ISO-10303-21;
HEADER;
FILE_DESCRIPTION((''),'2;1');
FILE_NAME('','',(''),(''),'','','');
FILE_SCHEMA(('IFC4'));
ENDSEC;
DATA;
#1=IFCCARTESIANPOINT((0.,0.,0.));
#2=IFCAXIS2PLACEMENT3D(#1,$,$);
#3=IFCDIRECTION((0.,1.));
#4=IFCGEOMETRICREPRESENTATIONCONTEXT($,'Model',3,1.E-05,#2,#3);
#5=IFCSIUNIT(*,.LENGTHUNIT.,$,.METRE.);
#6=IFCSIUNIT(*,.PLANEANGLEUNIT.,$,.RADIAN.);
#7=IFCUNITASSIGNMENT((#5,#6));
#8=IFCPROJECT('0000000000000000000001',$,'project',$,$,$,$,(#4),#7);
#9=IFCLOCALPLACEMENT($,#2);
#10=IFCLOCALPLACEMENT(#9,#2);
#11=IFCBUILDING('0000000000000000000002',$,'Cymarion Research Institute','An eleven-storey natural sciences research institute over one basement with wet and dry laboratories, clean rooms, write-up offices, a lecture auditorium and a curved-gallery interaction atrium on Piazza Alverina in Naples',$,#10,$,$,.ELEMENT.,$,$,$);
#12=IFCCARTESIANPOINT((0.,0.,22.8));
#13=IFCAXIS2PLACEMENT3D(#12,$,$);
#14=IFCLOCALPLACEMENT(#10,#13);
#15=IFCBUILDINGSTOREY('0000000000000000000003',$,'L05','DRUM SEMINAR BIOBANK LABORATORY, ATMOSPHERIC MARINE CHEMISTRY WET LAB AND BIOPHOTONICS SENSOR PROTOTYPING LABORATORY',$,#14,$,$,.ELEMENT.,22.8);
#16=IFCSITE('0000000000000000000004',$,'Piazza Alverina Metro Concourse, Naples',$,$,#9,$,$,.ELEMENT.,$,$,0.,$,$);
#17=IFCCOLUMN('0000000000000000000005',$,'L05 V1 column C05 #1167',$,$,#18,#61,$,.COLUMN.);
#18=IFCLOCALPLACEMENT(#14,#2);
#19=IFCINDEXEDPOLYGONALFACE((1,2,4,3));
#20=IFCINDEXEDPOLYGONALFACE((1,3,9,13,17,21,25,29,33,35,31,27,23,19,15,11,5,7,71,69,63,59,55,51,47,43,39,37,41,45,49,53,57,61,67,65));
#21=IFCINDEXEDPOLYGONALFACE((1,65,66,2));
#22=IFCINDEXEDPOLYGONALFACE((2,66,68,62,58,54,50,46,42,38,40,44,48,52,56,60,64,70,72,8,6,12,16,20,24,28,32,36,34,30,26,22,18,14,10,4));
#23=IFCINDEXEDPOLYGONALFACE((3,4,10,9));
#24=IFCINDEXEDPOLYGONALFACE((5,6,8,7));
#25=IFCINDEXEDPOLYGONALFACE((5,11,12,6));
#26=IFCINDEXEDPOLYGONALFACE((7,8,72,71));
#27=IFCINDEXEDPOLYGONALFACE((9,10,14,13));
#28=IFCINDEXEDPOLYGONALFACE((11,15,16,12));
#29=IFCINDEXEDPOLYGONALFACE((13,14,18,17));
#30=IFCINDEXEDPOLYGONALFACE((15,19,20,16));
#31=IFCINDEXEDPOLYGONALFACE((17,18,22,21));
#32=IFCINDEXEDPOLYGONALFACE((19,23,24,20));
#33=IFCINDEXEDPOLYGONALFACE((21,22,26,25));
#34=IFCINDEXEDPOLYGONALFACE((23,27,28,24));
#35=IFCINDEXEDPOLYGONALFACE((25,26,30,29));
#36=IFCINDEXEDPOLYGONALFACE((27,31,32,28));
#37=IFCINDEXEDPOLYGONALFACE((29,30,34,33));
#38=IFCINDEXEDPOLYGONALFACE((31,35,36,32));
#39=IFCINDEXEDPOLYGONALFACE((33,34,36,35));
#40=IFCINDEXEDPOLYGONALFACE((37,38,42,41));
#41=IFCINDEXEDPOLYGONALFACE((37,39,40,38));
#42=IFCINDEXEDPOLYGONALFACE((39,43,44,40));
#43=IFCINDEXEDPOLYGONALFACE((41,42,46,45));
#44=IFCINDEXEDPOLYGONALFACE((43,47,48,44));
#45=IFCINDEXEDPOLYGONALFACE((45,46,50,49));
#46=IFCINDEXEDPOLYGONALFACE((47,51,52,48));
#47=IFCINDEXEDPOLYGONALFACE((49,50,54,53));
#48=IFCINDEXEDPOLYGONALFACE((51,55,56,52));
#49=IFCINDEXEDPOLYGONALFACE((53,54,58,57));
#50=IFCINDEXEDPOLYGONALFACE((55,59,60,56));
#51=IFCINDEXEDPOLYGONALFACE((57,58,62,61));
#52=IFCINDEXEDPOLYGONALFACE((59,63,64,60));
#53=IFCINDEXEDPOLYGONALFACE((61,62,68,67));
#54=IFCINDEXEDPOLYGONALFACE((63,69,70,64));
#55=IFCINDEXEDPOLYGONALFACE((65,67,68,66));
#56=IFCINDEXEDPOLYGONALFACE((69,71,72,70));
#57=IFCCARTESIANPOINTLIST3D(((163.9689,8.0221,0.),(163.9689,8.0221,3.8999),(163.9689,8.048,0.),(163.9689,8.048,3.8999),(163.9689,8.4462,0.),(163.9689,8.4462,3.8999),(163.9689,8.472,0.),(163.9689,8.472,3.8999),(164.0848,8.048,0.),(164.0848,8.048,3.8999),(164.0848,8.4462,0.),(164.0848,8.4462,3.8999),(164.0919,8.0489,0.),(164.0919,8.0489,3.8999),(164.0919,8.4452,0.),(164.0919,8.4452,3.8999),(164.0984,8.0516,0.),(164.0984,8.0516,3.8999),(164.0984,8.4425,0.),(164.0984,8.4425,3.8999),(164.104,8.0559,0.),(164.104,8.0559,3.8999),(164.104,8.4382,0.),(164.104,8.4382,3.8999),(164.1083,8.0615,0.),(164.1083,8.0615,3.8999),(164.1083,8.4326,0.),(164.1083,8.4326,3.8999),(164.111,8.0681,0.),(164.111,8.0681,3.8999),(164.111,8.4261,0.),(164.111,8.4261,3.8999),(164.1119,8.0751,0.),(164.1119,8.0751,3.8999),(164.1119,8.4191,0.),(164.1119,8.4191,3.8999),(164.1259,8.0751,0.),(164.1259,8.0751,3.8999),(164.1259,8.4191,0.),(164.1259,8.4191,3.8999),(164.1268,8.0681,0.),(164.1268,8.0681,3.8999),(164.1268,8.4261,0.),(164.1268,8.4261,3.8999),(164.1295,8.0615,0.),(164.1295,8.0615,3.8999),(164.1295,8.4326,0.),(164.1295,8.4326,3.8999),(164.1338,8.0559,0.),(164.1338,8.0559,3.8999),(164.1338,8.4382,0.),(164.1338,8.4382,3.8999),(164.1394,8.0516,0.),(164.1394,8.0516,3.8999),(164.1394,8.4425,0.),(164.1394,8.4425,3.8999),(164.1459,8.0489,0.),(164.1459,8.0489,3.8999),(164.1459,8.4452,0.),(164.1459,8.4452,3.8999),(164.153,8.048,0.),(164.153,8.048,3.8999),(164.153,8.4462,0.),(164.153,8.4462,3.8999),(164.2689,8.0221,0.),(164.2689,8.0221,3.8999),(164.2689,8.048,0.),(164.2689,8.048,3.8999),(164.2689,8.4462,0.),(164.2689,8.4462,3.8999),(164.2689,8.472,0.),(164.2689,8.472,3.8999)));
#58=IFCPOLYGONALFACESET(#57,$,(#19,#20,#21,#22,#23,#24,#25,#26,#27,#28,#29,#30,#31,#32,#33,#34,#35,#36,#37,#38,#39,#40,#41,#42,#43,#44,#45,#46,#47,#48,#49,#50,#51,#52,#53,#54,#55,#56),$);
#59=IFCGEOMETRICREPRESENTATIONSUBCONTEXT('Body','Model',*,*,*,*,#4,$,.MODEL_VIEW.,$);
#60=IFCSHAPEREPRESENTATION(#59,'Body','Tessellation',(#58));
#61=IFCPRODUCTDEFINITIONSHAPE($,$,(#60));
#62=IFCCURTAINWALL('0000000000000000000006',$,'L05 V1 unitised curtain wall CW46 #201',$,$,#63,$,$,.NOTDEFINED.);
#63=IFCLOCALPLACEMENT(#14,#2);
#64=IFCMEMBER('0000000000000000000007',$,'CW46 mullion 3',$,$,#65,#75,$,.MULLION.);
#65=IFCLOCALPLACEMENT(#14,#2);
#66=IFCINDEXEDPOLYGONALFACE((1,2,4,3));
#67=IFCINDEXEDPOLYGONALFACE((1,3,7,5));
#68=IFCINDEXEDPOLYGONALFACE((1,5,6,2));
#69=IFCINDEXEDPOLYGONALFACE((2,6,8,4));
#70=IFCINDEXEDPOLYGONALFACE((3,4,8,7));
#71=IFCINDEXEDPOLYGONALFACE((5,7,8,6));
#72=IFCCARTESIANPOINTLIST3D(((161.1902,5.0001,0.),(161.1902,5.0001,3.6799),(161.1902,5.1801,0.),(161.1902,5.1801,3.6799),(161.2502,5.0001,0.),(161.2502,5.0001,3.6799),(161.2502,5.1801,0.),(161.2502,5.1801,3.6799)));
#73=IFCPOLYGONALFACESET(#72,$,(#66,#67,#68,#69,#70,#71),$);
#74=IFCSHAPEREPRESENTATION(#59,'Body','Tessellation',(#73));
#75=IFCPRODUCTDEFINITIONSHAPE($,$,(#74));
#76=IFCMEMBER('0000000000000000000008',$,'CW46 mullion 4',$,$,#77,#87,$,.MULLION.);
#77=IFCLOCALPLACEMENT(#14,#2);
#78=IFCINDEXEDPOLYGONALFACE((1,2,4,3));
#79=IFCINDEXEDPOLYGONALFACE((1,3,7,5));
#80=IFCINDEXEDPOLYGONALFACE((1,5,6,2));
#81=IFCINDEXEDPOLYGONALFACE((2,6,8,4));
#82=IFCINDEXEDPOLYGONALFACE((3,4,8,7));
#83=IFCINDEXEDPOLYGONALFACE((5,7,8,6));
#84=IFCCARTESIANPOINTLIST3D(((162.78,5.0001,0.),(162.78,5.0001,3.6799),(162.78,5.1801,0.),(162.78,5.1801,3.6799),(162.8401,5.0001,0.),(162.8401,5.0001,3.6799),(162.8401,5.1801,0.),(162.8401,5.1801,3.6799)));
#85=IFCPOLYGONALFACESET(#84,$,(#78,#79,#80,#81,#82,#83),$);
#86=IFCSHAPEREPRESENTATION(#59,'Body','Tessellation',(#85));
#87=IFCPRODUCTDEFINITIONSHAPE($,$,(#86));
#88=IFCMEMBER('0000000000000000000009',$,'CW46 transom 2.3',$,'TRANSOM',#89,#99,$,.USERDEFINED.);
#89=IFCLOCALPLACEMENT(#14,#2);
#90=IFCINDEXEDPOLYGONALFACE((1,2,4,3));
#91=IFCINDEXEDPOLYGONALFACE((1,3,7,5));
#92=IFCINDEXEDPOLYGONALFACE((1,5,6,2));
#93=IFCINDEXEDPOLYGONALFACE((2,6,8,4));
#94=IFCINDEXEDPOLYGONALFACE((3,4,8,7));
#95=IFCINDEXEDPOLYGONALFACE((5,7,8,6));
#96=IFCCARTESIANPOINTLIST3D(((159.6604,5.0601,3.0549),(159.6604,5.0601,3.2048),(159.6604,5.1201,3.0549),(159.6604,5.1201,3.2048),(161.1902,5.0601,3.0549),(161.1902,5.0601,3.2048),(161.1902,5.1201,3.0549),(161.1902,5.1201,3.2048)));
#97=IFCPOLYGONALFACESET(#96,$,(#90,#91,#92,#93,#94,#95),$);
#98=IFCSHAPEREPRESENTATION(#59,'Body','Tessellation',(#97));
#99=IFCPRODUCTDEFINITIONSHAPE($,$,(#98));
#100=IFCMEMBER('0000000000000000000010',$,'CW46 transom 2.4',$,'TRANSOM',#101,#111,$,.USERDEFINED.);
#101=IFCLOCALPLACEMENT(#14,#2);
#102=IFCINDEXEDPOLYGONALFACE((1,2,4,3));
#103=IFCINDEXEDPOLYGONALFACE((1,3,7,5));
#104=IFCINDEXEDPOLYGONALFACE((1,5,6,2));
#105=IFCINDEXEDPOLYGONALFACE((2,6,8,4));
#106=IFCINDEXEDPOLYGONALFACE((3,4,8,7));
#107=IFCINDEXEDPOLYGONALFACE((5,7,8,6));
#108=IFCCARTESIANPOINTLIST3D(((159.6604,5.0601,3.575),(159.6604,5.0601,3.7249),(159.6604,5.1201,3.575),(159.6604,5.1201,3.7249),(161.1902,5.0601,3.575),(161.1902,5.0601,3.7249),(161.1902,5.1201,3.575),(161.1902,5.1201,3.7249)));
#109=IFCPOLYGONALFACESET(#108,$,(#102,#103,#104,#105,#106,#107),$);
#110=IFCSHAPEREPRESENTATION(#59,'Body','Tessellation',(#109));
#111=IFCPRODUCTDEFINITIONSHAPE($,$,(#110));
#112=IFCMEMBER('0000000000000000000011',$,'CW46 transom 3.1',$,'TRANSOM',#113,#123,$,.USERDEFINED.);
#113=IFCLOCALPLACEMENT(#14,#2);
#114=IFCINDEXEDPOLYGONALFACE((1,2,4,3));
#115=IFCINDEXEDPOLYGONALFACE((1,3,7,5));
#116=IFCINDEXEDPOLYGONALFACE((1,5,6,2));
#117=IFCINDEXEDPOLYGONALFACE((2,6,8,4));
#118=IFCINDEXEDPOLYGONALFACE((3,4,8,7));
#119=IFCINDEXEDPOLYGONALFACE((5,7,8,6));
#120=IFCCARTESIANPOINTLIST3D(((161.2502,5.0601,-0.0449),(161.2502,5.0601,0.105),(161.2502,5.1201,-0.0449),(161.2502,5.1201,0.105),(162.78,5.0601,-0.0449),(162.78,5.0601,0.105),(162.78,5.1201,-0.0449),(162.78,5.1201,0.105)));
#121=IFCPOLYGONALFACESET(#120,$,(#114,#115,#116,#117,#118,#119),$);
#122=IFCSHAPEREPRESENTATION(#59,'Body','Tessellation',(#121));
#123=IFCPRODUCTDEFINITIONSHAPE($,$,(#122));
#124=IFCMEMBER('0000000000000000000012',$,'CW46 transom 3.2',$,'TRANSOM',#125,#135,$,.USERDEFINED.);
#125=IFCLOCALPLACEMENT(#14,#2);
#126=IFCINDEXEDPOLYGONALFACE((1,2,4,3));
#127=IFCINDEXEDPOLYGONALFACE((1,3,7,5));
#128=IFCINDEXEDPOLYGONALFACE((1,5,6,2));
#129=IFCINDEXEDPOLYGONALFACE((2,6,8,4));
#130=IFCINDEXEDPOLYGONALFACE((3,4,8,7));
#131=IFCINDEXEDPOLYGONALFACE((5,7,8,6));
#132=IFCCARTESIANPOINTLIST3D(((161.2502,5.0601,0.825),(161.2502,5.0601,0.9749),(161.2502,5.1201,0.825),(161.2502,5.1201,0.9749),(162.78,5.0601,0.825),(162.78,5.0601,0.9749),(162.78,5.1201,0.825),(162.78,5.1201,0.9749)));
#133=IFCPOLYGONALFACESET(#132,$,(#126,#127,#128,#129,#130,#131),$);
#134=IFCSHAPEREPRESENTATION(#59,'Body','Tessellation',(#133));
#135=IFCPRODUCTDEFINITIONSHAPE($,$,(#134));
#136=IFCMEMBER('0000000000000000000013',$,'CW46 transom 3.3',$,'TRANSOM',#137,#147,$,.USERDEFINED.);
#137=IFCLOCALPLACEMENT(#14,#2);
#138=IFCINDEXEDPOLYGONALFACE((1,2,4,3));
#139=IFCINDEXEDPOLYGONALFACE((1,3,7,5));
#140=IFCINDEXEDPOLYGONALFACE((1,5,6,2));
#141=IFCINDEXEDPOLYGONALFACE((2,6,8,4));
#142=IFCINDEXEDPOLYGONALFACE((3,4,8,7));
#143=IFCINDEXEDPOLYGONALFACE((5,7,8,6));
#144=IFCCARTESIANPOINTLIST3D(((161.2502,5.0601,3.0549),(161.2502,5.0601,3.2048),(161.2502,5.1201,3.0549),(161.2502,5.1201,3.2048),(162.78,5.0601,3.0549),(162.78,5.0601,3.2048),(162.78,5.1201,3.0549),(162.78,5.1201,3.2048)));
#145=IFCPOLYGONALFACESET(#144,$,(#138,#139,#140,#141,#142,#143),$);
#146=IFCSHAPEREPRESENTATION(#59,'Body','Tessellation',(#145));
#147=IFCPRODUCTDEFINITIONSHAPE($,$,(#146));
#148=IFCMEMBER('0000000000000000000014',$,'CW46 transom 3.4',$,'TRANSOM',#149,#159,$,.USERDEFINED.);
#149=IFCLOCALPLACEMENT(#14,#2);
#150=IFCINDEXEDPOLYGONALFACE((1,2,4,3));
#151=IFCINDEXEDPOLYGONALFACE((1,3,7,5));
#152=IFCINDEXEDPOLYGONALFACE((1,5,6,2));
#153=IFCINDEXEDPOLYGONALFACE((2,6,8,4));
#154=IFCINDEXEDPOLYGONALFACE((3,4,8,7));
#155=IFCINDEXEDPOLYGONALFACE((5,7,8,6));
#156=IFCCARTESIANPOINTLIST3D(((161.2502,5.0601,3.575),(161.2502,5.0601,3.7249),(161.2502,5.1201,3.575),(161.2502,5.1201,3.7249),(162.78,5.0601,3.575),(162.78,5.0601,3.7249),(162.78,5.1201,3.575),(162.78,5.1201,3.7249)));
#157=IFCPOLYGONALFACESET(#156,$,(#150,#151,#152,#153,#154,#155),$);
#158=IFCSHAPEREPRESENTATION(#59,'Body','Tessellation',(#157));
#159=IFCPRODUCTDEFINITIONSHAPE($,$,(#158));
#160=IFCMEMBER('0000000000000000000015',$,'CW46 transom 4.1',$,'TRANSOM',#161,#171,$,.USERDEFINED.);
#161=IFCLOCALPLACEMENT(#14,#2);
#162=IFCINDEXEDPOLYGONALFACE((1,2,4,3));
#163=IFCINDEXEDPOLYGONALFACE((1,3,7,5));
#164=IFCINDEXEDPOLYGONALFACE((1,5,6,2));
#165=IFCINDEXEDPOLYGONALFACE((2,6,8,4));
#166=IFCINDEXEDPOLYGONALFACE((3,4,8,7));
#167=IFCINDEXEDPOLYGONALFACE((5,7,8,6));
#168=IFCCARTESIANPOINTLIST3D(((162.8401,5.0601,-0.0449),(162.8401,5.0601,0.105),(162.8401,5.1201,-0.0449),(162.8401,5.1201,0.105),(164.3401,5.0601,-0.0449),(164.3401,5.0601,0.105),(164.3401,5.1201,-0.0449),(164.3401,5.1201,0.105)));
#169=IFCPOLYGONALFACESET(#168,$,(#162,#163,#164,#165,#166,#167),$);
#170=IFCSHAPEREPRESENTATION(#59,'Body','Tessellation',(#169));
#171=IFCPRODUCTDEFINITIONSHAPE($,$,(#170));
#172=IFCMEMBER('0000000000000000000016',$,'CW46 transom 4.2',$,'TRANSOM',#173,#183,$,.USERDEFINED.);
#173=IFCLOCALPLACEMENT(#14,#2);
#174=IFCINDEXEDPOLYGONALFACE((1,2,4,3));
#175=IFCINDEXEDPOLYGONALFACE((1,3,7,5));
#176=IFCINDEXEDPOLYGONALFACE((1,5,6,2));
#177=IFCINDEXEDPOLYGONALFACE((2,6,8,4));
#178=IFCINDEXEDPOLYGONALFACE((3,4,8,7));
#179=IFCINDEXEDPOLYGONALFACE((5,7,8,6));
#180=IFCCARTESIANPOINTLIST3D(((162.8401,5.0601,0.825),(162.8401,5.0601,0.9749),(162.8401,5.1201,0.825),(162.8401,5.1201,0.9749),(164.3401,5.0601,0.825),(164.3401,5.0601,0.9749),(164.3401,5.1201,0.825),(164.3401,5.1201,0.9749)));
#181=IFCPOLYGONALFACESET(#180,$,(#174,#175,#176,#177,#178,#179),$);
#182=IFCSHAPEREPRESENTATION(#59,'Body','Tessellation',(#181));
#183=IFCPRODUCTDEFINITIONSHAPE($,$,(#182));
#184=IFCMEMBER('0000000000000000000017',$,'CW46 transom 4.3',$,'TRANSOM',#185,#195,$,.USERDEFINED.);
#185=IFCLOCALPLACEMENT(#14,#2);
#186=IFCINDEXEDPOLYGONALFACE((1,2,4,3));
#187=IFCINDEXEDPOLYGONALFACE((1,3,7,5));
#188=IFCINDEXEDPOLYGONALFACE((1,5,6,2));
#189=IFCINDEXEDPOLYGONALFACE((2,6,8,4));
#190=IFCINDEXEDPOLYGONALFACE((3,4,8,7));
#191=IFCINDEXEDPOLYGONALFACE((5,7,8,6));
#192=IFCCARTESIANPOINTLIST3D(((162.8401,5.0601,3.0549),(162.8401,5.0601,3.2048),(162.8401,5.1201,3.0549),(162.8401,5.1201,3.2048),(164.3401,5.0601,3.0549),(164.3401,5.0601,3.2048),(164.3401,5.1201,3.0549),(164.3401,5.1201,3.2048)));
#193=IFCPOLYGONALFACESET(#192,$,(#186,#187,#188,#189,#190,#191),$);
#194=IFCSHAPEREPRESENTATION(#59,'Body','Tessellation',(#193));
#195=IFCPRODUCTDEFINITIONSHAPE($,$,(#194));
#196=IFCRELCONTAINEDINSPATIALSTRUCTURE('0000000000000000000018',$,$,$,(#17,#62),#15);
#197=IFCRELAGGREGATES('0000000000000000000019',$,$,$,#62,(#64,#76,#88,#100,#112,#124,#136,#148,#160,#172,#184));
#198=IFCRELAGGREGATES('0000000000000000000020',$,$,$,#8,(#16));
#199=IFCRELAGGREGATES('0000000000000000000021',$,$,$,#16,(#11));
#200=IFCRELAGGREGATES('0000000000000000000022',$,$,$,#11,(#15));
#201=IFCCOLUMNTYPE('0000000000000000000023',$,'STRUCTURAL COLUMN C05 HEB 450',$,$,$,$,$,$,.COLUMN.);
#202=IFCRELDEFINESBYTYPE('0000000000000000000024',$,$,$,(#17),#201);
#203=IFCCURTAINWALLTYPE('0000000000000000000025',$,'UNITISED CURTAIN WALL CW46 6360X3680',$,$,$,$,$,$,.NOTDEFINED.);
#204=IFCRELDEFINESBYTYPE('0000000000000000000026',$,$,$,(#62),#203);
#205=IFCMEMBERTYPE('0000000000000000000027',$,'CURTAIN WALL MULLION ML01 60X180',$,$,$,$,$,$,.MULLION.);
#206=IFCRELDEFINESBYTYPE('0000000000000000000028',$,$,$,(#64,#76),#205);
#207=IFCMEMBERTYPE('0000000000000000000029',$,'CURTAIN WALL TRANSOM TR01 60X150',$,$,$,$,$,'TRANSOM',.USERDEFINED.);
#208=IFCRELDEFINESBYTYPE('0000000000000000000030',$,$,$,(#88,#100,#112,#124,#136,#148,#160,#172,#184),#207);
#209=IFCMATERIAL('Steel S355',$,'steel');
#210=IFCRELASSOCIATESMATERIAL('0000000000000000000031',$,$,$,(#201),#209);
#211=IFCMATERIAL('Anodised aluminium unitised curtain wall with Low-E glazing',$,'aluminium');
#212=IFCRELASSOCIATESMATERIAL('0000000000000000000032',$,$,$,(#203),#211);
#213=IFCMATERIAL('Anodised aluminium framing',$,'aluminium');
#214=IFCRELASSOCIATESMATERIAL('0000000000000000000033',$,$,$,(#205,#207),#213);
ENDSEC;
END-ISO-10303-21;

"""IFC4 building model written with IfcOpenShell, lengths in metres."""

from ifc_helpers import new_model, si_unit, direction, frame, origin, origin_2d, place, context, subcontext, project, spatial, rectangle, i_section, extrude, material, material_profile, profile_set, type_object, element, aggregate, save


model = new_model("IFC4")

# Units and contexts
model_context = context("Model", 3, precision=1e-05, world=origin(), true_north=direction((0.0, 1.0)))
body_context = subcontext(model_context, "Body", "Model", "MODEL_VIEW")
ifc_project = project(units=[si_unit("LENGTHUNIT", "METRE"), si_unit("PLANEANGLEUNIT", "RADIAN")], contexts=[model_context])

# Site, building, storey
site_placement = place(None, origin())
site = spatial("IfcSite", under=ifc_project, at=site_placement, Name="Piazza Alverina Metro Concourse, Naples", CompositionType="ELEMENT", RefElevation=0.0)
building_placement = place(site_placement, origin())
building = spatial("IfcBuilding", under=site, at=building_placement, Name="Cymarion Research Institute", Description="An eleven-storey natural sciences research institute over one basement with wet and dry laboratories, clean rooms, write-up offices, a lecture auditorium and a curved-gallery interaction atrium on Piazza Alverina in Naples", CompositionType="ELEMENT")
storey_placement = place(building_placement, frame((0.0, 0.0, 22.8)))
storey = spatial("IfcBuildingStorey", under=building, at=storey_placement, Name="L05", Description="DRUM SEMINAR BIOBANK LABORATORY, ATMOSPHERIC MARINE CHEMISTRY WET LAB AND BIOPHOTONICS SENSOR PROTOTYPING LABORATORY", CompositionType="ELEMENT", Elevation=22.8)

# Column
ifc_material_1 = material(Name="Steel S355", Category="steel")
ifc_material_profile_1 = material_profile(ifc_material_1, i_section(OverallWidth=0.3, OverallDepth=0.45, WebThickness=0.0139, FlangeThickness=0.0259, FilletRadius=0.0271, at=origin_2d()), Name="HEB 450")
ifc_profile_set_1 = profile_set([ifc_material_profile_1], Name="Steel S355")
column_type = type_object("IfcColumnType", Name="STRUCTURAL COLUMN C05 HEB 450", PredefinedType="COLUMN", material=ifc_profile_set_1)
column_placement = place(storey_placement, frame((164.1189, 8.2471, 0.0), z_axis=(0.0, 0.0, 1.0), x_axis=(1.0, 0.0, 0.0)))
element("IfcColumn", 1, at=column_placement, inside=storey, type_object=column_type, Name="L05 V1 column C05 #1167", PredefinedType="COLUMN", context=body_context, shape_type="SweptSolid", body=[
    extrude(i_section(OverallWidth=0.3, OverallDepth=0.45, WebThickness=0.0139, FlangeThickness=0.0259, FilletRadius=0.0271, at=origin_2d()), origin(), (0.0, 0.0, 1.0), 3.8999),
])

# Curtain wall, members
ifc_material_2 = material(Name="Anodised aluminium unitised curtain wall with Low-E glazing", Category="aluminium")
curtain_wall_type = type_object("IfcCurtainWallType", Name="UNITISED CURTAIN WALL CW46 6360X3680", PredefinedType="NOTDEFINED", material=ifc_material_2)
curtain_wall_placement = place(storey_placement, origin())
curtain_wall = element("IfcCurtainWall", 2, at=curtain_wall_placement, inside=storey, type_object=curtain_wall_type, Name="L05 V1 unitised curtain wall CW46 #201", PredefinedType="NOTDEFINED")
ifc_material_3 = material(Name="Anodised aluminium framing", Category="aluminium")
ifc_material_profile_2 = material_profile(ifc_material_3, rectangle(XDim=0.0601, YDim=0.1799, at=origin_2d()), Name="ALU MULLION 60x180")
ifc_profile_set_2 = profile_set([ifc_material_profile_2], Name="Anodised aluminium framing")
member_type_1 = type_object("IfcMemberType", Name="CURTAIN WALL MULLION ML01 60X180", PredefinedType="MULLION", material=ifc_profile_set_2)
member_1_placement = place(storey_placement, frame((161.2202, 5.0901, 0.0), z_axis=(0.0, 0.0, 1.0), x_axis=(1.0, 0.0, 0.0)))
member_1 = element("IfcMember", 3, at=member_1_placement, type_object=member_type_1, Name="CW46 mullion 3", PredefinedType="MULLION", context=body_context, shape_type="SweptSolid", body=[
    extrude(rectangle(XDim=0.0601, YDim=0.1799, at=origin_2d()), origin(), (0.0, 0.0, 1.0), 3.6799),
])
member_2_placement = place(storey_placement, frame((162.8101, 5.0901, 0.0), z_axis=(0.0, 0.0, 1.0), x_axis=(1.0, 0.0, 0.0)))
member_2 = element("IfcMember", 4, at=member_2_placement, type_object=member_type_1, Name="CW46 mullion 4", PredefinedType="MULLION", context=body_context, shape_type="SweptSolid", body=[
    extrude(rectangle(XDim=0.0601, YDim=0.1799, at=origin_2d()), origin(), (0.0, 0.0, 1.0), 3.6799),
])
ifc_material_profile_3 = material_profile(ifc_material_3, rectangle(XDim=0.0601, YDim=0.1499, at=origin_2d()), Name="ALU TRANSOM 60x150")
ifc_profile_set_3 = profile_set([ifc_material_profile_3], Name="Anodised aluminium framing")
member_type_2 = type_object("IfcMemberType", Name="CURTAIN WALL TRANSOM TR01 60X150", ElementType="TRANSOM", PredefinedType="USERDEFINED", material=ifc_profile_set_3)
member_3_placement = place(storey_placement, frame((159.6604, 5.0901, 3.1299), z_axis=(1.0, 0.0, 0.0), x_axis=(0.0, 1.0, 0.0)))
member_3 = element("IfcMember", 5, at=member_3_placement, type_object=member_type_2, Name="CW46 transom 2.3", ObjectType="TRANSOM", PredefinedType="USERDEFINED", context=body_context, shape_type="SweptSolid", body=[
    extrude(rectangle(XDim=0.0601, YDim=0.1499, at=origin_2d()), origin(), (0.0, 0.0, 1.0), 1.5298),
])
member_4_placement = place(storey_placement, frame((159.6604, 5.0901, 3.6499), z_axis=(1.0, 0.0, 0.0), x_axis=(0.0, 1.0, 0.0)))
member_4 = element("IfcMember", 6, at=member_4_placement, type_object=member_type_2, Name="CW46 transom 2.4", ObjectType="TRANSOM", PredefinedType="USERDEFINED", context=body_context, shape_type="SweptSolid", body=[
    extrude(rectangle(XDim=0.0601, YDim=0.1499, at=origin_2d()), origin(), (0.0, 0.0, 1.0), 1.5298),
])
member_5_placement = place(storey_placement, frame((161.2502, 5.0901, 0.03), z_axis=(1.0, 0.0, 0.0), x_axis=(0.0, 1.0, 0.0)))
member_5 = element("IfcMember", 7, at=member_5_placement, type_object=member_type_2, Name="CW46 transom 3.1", ObjectType="TRANSOM", PredefinedType="USERDEFINED", context=body_context, shape_type="SweptSolid", body=[
    extrude(rectangle(XDim=0.0601, YDim=0.1499, at=origin_2d()), origin(), (0.0, 0.0, 1.0), 1.5298),
])
member_6_placement = place(storey_placement, frame((161.2502, 5.0901, 0.8999), z_axis=(1.0, 0.0, 0.0), x_axis=(0.0, 1.0, 0.0)))
member_6 = element("IfcMember", 8, at=member_6_placement, type_object=member_type_2, Name="CW46 transom 3.2", ObjectType="TRANSOM", PredefinedType="USERDEFINED", context=body_context, shape_type="SweptSolid", body=[
    extrude(rectangle(XDim=0.0601, YDim=0.1499, at=origin_2d()), origin(), (0.0, 0.0, 1.0), 1.5298),
])
member_7_placement = place(storey_placement, frame((161.2502, 5.0901, 3.1299), z_axis=(1.0, 0.0, 0.0), x_axis=(0.0, 1.0, 0.0)))
member_7 = element("IfcMember", 9, at=member_7_placement, type_object=member_type_2, Name="CW46 transom 3.3", ObjectType="TRANSOM", PredefinedType="USERDEFINED", context=body_context, shape_type="SweptSolid", body=[
    extrude(rectangle(XDim=0.0601, YDim=0.1499, at=origin_2d()), origin(), (0.0, 0.0, 1.0), 1.5298),
])
member_8_placement = place(storey_placement, frame((161.2502, 5.0901, 3.6499), z_axis=(1.0, 0.0, 0.0), x_axis=(0.0, 1.0, 0.0)))
member_8 = element("IfcMember", 10, at=member_8_placement, type_object=member_type_2, Name="CW46 transom 3.4", ObjectType="TRANSOM", PredefinedType="USERDEFINED", context=body_context, shape_type="SweptSolid", body=[
    extrude(rectangle(XDim=0.0601, YDim=0.1499, at=origin_2d()), origin(), (0.0, 0.0, 1.0), 1.5298),
])
member_9_placement = place(storey_placement, frame((162.8401, 5.0901, 0.03), z_axis=(1.0, 0.0, 0.0), x_axis=(0.0, 1.0, 0.0)))
member_9 = element("IfcMember", 11, at=member_9_placement, type_object=member_type_2, Name="CW46 transom 4.1", ObjectType="TRANSOM", PredefinedType="USERDEFINED", context=body_context, shape_type="SweptSolid", body=[
    extrude(rectangle(XDim=0.0601, YDim=0.1499, at=origin_2d()), origin(), (0.0, 0.0, 1.0), 1.5),
])
member_10_placement = place(storey_placement, frame((162.8401, 5.0901, 0.8999), z_axis=(1.0, 0.0, 0.0), x_axis=(0.0, 1.0, 0.0)))
member_10 = element("IfcMember", 12, at=member_10_placement, type_object=member_type_2, Name="CW46 transom 4.2", ObjectType="TRANSOM", PredefinedType="USERDEFINED", context=body_context, shape_type="SweptSolid", body=[
    extrude(rectangle(XDim=0.0601, YDim=0.1499, at=origin_2d()), origin(), (0.0, 0.0, 1.0), 1.5),
])
member_11_placement = place(storey_placement, frame((162.8401, 5.0901, 3.1299), z_axis=(1.0, 0.0, 0.0), x_axis=(0.0, 1.0, 0.0)))
member_11 = element("IfcMember", 13, at=member_11_placement, type_object=member_type_2, Name="CW46 transom 4.3", ObjectType="TRANSOM", PredefinedType="USERDEFINED", context=body_context, shape_type="SweptSolid", body=[
    extrude(rectangle(XDim=0.0601, YDim=0.1499, at=origin_2d()), origin(), (0.0, 0.0, 1.0), 1.5),
])
aggregate(curtain_wall, [member_1, member_2, member_3, member_4, member_5, member_6, member_7, member_8, member_9, member_10, member_11])

save(model, "model.ifc")
